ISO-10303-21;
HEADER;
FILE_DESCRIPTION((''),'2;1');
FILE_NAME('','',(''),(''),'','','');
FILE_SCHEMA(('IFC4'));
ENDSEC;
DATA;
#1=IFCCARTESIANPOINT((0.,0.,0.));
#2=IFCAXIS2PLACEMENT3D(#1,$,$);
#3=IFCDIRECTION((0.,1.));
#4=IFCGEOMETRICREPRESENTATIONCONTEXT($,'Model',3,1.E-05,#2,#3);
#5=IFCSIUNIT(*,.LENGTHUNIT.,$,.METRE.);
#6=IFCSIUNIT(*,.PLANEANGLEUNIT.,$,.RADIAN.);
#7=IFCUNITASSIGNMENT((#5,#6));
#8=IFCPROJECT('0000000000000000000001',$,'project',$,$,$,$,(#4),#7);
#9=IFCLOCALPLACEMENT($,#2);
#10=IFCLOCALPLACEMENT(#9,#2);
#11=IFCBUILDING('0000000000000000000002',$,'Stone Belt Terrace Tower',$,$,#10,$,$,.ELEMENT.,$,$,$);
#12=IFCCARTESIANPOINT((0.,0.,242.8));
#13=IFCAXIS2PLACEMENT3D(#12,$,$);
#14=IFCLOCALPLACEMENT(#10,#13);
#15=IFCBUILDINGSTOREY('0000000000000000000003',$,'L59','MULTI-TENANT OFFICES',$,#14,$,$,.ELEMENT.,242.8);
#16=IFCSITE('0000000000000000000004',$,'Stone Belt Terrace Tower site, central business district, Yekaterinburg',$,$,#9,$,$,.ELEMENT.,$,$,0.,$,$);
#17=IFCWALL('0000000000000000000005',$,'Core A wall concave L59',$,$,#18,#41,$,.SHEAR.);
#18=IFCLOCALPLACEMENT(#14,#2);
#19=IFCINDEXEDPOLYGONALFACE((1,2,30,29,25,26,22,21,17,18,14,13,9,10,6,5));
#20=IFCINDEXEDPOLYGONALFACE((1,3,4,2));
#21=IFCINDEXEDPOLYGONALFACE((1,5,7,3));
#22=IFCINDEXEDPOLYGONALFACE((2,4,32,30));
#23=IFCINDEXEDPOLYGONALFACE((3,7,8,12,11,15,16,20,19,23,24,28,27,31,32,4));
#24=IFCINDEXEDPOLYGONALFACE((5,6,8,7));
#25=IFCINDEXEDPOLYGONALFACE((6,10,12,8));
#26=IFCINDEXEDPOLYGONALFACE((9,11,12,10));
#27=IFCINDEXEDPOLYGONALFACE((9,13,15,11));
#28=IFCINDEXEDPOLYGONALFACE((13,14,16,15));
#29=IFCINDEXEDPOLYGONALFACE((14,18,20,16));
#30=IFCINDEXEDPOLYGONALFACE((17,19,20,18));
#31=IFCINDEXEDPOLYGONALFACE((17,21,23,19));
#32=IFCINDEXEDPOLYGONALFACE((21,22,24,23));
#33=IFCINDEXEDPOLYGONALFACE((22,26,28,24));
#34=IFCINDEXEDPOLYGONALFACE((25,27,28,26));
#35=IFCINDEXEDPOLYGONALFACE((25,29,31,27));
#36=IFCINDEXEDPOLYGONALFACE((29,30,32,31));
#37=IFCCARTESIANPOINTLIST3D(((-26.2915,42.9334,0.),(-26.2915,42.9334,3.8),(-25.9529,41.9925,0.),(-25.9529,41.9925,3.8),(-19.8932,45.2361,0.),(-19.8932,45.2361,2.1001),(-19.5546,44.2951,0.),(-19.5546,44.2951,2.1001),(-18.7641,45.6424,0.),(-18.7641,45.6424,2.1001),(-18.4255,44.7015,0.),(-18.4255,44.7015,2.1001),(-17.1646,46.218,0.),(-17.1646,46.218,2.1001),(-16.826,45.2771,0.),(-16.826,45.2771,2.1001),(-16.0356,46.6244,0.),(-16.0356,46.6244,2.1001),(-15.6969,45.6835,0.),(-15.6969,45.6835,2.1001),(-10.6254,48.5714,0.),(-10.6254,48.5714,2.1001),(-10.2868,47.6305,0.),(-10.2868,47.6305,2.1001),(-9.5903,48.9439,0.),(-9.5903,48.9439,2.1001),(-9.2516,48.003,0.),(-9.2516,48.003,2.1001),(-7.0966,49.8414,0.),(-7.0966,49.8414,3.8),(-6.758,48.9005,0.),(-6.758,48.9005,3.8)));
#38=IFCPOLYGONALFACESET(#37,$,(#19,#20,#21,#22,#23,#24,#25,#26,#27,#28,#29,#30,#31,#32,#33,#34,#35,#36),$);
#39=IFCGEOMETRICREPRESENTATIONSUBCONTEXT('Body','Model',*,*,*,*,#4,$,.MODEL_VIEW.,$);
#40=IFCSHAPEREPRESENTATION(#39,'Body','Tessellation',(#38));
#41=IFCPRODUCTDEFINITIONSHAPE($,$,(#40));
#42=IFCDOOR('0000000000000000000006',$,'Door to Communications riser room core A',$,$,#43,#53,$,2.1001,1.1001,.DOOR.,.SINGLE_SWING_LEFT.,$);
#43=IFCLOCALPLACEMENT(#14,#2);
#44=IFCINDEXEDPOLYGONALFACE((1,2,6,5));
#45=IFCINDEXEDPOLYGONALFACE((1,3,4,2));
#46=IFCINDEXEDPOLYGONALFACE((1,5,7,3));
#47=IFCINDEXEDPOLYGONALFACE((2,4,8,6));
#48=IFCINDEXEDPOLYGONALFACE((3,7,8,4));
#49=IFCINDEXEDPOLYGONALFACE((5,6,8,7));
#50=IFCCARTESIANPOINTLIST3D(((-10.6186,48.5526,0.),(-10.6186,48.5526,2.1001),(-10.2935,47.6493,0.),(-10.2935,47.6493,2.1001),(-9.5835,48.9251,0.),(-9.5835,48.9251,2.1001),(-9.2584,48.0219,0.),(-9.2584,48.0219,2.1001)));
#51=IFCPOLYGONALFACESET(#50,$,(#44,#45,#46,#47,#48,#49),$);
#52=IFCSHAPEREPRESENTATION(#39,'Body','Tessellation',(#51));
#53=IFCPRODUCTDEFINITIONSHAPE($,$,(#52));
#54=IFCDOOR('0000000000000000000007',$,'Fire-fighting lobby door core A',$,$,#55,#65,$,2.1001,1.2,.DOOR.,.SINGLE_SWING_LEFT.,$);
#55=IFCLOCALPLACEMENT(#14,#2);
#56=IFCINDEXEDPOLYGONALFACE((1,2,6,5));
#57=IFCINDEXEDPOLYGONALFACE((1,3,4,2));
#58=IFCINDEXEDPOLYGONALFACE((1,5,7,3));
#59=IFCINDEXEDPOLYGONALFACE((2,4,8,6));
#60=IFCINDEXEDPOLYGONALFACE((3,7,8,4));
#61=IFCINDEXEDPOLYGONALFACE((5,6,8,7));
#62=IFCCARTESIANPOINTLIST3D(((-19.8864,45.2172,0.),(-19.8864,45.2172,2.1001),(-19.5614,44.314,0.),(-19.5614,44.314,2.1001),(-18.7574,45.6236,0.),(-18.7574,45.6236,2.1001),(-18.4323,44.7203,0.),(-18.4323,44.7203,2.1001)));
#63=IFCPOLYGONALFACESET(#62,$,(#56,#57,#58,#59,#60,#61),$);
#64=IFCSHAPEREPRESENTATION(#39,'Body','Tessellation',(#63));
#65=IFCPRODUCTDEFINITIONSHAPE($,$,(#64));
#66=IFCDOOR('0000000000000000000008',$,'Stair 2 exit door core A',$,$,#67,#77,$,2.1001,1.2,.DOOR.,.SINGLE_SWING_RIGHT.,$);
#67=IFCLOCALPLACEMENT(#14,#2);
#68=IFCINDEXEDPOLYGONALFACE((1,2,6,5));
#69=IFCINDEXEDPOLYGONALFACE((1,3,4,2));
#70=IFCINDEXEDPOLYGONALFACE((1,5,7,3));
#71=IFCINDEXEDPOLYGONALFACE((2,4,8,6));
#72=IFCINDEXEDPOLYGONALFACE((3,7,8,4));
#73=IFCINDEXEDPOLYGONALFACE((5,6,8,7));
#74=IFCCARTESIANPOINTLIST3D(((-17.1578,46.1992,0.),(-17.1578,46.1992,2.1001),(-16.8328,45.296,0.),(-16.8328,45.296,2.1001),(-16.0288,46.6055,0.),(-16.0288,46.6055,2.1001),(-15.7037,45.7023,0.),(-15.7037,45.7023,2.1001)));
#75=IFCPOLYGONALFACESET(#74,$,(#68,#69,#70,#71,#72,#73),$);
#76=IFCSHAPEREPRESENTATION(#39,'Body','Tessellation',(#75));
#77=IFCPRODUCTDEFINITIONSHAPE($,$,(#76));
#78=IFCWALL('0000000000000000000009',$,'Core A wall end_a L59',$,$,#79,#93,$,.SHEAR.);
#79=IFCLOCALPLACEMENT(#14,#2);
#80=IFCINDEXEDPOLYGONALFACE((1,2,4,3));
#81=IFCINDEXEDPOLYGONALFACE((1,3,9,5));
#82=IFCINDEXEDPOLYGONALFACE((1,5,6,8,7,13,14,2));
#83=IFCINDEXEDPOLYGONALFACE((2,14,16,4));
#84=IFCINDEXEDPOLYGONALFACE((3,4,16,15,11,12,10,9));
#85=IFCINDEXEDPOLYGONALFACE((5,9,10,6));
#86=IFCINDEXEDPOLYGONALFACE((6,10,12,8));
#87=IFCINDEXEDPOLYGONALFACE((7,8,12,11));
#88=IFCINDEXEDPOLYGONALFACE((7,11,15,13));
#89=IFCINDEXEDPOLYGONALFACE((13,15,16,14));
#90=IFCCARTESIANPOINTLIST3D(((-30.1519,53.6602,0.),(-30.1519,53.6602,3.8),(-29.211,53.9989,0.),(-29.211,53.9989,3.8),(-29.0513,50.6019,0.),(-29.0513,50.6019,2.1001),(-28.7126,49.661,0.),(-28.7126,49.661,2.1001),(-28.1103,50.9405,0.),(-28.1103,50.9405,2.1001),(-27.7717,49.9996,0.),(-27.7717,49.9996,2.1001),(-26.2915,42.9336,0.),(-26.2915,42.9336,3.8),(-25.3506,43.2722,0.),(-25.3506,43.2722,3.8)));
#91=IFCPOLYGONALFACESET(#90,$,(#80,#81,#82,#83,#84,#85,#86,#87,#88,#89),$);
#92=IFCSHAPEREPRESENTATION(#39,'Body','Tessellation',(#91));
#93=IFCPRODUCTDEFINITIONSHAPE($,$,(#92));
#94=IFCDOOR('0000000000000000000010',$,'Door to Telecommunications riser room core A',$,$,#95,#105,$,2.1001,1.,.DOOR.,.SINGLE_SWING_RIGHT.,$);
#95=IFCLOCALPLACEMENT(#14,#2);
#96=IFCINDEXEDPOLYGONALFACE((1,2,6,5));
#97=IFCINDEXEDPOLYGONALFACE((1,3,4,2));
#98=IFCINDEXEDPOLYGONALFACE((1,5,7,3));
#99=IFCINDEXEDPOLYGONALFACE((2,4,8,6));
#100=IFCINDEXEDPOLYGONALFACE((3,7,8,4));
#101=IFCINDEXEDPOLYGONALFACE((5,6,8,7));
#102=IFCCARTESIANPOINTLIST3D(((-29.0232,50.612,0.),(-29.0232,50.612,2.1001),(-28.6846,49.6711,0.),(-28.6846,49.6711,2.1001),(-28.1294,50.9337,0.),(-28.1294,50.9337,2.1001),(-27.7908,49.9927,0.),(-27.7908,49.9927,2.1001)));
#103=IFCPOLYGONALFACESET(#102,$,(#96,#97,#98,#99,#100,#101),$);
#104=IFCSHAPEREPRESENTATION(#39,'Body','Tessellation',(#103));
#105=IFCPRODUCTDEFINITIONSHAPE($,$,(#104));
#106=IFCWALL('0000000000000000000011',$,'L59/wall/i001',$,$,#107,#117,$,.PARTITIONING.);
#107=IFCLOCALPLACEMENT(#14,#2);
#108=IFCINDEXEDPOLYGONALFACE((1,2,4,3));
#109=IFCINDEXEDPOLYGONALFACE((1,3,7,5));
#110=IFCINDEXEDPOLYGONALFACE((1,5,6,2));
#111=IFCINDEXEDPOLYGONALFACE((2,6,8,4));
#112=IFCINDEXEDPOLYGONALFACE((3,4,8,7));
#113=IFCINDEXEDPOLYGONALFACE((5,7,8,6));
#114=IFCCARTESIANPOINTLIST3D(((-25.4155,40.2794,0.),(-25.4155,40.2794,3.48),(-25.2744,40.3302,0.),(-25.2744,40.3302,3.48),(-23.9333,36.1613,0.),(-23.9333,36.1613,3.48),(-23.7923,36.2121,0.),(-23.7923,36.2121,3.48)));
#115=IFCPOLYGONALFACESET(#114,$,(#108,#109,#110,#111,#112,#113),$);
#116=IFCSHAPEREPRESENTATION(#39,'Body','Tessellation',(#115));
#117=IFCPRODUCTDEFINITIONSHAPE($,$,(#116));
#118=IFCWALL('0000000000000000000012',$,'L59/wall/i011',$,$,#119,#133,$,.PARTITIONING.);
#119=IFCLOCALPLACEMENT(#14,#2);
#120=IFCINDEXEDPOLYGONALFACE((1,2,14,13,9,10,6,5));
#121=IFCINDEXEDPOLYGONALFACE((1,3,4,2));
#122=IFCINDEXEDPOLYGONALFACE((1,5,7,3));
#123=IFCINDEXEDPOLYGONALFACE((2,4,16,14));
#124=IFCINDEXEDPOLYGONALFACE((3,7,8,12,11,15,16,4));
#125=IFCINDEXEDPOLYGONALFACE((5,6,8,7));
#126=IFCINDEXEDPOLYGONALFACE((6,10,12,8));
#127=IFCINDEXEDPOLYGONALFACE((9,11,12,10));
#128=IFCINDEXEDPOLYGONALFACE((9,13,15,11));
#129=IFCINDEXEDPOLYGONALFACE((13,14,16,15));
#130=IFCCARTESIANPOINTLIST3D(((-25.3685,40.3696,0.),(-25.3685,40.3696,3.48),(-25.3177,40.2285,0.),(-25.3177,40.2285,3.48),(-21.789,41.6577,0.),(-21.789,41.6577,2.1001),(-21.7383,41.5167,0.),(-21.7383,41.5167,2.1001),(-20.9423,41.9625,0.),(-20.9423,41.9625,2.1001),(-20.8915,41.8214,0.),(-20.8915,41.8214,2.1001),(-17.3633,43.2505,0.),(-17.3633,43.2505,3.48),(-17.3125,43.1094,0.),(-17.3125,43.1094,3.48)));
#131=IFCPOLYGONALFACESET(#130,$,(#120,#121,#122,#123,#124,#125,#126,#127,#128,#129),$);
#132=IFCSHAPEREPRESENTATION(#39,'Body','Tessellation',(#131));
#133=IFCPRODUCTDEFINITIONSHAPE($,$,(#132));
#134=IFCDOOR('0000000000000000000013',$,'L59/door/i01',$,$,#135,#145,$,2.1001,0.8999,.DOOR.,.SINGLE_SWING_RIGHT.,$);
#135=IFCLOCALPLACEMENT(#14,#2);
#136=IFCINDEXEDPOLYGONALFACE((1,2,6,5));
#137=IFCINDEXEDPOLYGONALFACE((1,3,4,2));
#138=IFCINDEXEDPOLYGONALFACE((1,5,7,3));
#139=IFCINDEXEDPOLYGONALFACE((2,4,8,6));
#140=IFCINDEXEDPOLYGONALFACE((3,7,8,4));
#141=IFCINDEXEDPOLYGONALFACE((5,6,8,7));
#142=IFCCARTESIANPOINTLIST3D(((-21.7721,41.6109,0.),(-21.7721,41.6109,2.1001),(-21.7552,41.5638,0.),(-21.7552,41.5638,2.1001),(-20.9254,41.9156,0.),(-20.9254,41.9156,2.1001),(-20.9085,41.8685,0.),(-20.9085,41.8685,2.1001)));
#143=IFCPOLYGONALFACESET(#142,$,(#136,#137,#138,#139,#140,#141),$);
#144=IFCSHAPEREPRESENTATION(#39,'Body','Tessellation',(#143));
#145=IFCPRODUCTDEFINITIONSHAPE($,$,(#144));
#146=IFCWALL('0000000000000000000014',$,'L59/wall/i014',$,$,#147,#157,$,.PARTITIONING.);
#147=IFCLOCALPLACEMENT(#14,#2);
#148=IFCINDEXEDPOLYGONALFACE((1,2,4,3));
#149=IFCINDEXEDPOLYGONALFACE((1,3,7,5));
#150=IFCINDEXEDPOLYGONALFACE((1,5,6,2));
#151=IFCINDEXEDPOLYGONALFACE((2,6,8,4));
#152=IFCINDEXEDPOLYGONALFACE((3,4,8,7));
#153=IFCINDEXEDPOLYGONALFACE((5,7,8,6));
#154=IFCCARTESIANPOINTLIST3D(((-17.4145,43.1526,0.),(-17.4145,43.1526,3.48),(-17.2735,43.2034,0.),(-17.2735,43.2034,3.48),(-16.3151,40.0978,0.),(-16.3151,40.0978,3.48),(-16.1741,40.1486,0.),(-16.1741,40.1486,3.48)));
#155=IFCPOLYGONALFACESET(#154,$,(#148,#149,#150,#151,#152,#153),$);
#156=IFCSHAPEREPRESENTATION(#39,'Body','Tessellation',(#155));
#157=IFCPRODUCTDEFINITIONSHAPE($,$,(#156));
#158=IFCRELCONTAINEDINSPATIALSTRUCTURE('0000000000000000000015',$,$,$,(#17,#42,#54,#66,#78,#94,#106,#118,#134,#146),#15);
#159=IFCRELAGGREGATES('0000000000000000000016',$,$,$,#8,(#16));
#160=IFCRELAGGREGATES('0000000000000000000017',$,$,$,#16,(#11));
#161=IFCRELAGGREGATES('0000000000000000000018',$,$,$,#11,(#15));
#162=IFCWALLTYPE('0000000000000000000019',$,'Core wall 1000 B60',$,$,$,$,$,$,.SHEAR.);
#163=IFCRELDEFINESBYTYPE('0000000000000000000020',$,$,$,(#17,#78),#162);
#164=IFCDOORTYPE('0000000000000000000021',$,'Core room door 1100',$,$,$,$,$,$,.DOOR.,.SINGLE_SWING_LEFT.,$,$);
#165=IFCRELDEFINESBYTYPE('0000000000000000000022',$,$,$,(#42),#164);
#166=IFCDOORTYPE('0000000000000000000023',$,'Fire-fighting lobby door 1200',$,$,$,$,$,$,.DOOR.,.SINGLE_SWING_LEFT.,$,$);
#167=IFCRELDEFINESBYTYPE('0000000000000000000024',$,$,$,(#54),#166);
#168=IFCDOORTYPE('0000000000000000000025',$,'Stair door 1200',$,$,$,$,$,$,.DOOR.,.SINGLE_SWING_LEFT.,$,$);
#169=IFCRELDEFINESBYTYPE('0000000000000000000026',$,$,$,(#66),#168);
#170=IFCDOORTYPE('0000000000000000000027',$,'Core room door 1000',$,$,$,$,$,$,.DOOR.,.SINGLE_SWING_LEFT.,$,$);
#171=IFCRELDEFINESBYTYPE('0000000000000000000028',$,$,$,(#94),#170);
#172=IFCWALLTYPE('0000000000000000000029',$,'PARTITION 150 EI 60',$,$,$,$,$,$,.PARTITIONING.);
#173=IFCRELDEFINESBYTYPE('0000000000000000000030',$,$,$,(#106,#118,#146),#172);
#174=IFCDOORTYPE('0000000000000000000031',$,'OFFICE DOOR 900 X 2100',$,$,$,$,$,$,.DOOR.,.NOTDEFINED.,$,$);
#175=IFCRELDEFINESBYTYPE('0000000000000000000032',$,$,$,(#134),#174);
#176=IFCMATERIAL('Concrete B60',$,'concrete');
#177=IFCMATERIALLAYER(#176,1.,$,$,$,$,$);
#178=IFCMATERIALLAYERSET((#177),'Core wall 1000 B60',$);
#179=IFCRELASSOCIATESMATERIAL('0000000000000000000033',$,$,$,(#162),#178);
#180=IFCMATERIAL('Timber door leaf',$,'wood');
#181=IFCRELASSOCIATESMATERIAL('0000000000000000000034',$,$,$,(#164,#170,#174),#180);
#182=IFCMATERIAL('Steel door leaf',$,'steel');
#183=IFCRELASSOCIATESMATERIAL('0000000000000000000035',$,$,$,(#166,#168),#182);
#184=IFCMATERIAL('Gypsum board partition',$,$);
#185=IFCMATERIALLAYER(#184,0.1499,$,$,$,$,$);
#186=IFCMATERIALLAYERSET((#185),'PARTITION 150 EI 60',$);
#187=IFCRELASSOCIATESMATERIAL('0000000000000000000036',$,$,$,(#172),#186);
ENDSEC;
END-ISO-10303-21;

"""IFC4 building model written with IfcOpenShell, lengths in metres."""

from ifc_helpers import new_model, si_unit, direction, frame, frame_2d, origin, place, context, subcontext, project, spatial, rectangle, extrude, material, layer, layer_set, type_object, element, fill, save


model = new_model("IFC4")

# Units and contexts
model_context = context("Model", 3, precision=1e-05, world=origin(), true_north=direction((0.0, 1.0)))
body_context = subcontext(model_context, "Body", "Model", "MODEL_VIEW")
ifc_project = project(units=[si_unit("LENGTHUNIT", "METRE"), si_unit("PLANEANGLEUNIT", "RADIAN")], contexts=[model_context])

# Site, building, storey
site_placement = place(None, origin())
site = spatial("IfcSite", under=ifc_project, at=site_placement, Name="Stone Belt Terrace Tower site, central business district, Yekaterinburg", CompositionType="ELEMENT", RefElevation=0.0)
building_placement = place(site_placement, origin())
building = spatial("IfcBuilding", under=site, at=building_placement, Name="Stone Belt Terrace Tower", CompositionType="ELEMENT")
storey_placement = place(building_placement, frame((0.0, 0.0, 242.8)))
storey = spatial("IfcBuildingStorey", under=building, at=storey_placement, Name="L59", Description="MULTI-TENANT OFFICES", CompositionType="ELEMENT", Elevation=242.8)

# Shared definitions
ifc_material_1 = material(Name="Concrete B60", Category="concrete")

# Wall, openings, doors
ifc_layer_1 = layer(ifc_material_1, 1.0)
ifc_layer_set_1 = layer_set([ifc_layer_1], Name="Core wall 1000 B60")
wall_type_1 = type_object("IfcWallType", Name="Core wall 1000 B60", PredefinedType="SHEAR", material=ifc_layer_set_1)
wall_1_placement = place(storey_placement, frame((-26.1223, 42.4629, 0.0), z_axis=(0.0, 0.0, 1.0), x_axis=(0.940921, 0.338625, 0.0)))
wall_1 = element("IfcWall", 1, at=wall_1_placement, inside=storey, type_object=wall_type_1, Name="Core A wall concave L59", PredefinedType="SHEAR", context=body_context, shape_type="SweptSolid", body=[
    extrude(rectangle(XDim=20.4001, YDim=1.0, at=frame_2d((10.2002, 0.0))), origin(), (0.0, 0.0, 1.0), 3.8),
])
opening_1_placement = place(wall_1_placement, frame((6.8, 0.0, 0.0)))
opening_1 = element("IfcOpeningElement", 2, at=opening_1_placement, cuts=wall_1, PredefinedType="OPENING", context=body_context, shape_type="SweptSolid", body=[
    extrude(rectangle(XDim=1.2, YDim=2.1001, at=frame_2d((0.6001, 1.05))), frame((0.0, 0.51, 0.0), z_axis=(0.0, -1.0, 0.0), x_axis=(1.0, 0.0, 0.0)), (0.0, 0.0, 1.0), 1.02),
])
opening_2_placement = place(wall_1_placement, frame((9.7, 0.0, 0.0)))
opening_2 = element("IfcOpeningElement", 3, at=opening_2_placement, cuts=wall_1, PredefinedType="OPENING", context=body_context, shape_type="SweptSolid", body=[
    extrude(rectangle(XDim=1.2, YDim=2.1001, at=frame_2d((0.6001, 1.05))), frame((0.0, 0.51, 0.0), z_axis=(0.0, -1.0, 0.0), x_axis=(1.0, 0.0, 0.0)), (0.0, 0.0, 1.0), 1.02),
])
opening_3_placement = place(wall_1_placement, frame((16.6499, 0.0, 0.0)))
opening_3 = element("IfcOpeningElement", 4, at=opening_3_placement, cuts=wall_1, PredefinedType="OPENING", context=body_context, shape_type="SweptSolid", body=[
    extrude(rectangle(XDim=1.1001, YDim=2.1001, at=frame_2d((0.55, 1.05))), frame((0.0, 0.51, 0.0), z_axis=(0.0, -1.0, 0.0), x_axis=(1.0, 0.0, 0.0)), (0.0, 0.0, 1.0), 1.02),
])
ifc_material_2 = material(Name="Timber door leaf", Category="wood")
door_type_1 = type_object("IfcDoorType", Name="Core room door 1100", OperationType="SINGLE_SWING_LEFT", PredefinedType="DOOR", material=ifc_material_2)
door_1_placement = place(opening_3_placement, origin())
door_1 = element("IfcDoor", 5, at=door_1_placement, inside=storey, type_object=door_type_1, Name="Door to Communications riser room core A", OperationType="SINGLE_SWING_LEFT", OverallHeight=2.1001, OverallWidth=1.1001, PredefinedType="DOOR", context=body_context, shape_type="SweptSolid", body=[
    extrude(rectangle(XDim=1.1001, YDim=2.1001, at=frame_2d((0.55, 1.05))), frame((0.0, 0.48, 0.0), z_axis=(0.0, -1.0, 0.0), x_axis=(1.0, 0.0, 0.0)), (0.0, 0.0, 1.0), 0.96),
])
fill(opening_3, door_1)
ifc_material_3 = material(Name="Steel door leaf", Category="steel")
door_type_2 = type_object("IfcDoorType", Name="Fire-fighting lobby door 1200", OperationType="SINGLE_SWING_LEFT", PredefinedType="DOOR", material=ifc_material_3)
door_2_placement = place(opening_1_placement, origin())
door_2 = element("IfcDoor", 6, at=door_2_placement, inside=storey, type_object=door_type_2, Name="Fire-fighting lobby door core A", OperationType="SINGLE_SWING_LEFT", OverallHeight=2.1001, OverallWidth=1.2, PredefinedType="DOOR", context=body_context, shape_type="SweptSolid", body=[
    extrude(rectangle(XDim=1.2, YDim=2.1001, at=frame_2d((0.6001, 1.05))), frame((0.0, 0.48, 0.0), z_axis=(0.0, -1.0, 0.0), x_axis=(1.0, 0.0, 0.0)), (0.0, 0.0, 1.0), 0.96),
])
fill(opening_1, door_2)
door_type_3 = type_object("IfcDoorType", Name="Stair door 1200", OperationType="SINGLE_SWING_LEFT", PredefinedType="DOOR", material=ifc_material_3)
door_3_placement = place(opening_2_placement, origin())
door_3 = element("IfcDoor", 7, at=door_3_placement, inside=storey, type_object=door_type_3, Name="Stair 2 exit door core A", OperationType="SINGLE_SWING_RIGHT", OverallHeight=2.1001, OverallWidth=1.2, PredefinedType="DOOR", context=body_context, shape_type="SweptSolid", body=[
    extrude(rectangle(XDim=1.2, YDim=2.1001, at=frame_2d((0.6001, 1.05))), frame((0.0, 0.48, 0.0), z_axis=(0.0, -1.0, 0.0), x_axis=(1.0, 0.0, 0.0)), (0.0, 0.0, 1.0), 0.96),
])
fill(opening_2, door_3)

# Wall, opening, door
wall_2_placement = place(storey_placement, frame((-25.821, 43.1028, 0.0), z_axis=(0.0, 0.0, 1.0), x_axis=(-0.338625, 0.940921, 0.0)))
wall_2 = element("IfcWall", 8, at=wall_2_placement, inside=storey, type_object=wall_type_1, Name="Core A wall end_a L59", PredefinedType="SHEAR", context=body_context, shape_type="SweptSolid", body=[
    extrude(rectangle(XDim=11.4001, YDim=1.0, at=frame_2d((5.7002, 0.0))), origin(), (0.0, 0.0, 1.0), 3.8),
])
opening_4_placement = place(wall_2_placement, frame((7.1499, 0.0, 0.0)))
opening_4 = element("IfcOpeningElement", 9, at=opening_4_placement, cuts=wall_2, PredefinedType="OPENING", context=body_context, shape_type="SweptSolid", body=[
    extrude(rectangle(XDim=1.0, YDim=2.1001, at=frame_2d((0.5, 1.05))), frame((0.0, 0.51, 0.0), z_axis=(0.0, -1.0, 0.0), x_axis=(1.0, 0.0, 0.0)), (0.0, 0.0, 1.0), 1.02),
])
door_type_4 = type_object("IfcDoorType", Name="Core room door 1000", OperationType="SINGLE_SWING_LEFT", PredefinedType="DOOR", material=ifc_material_2)
door_4_placement = place(opening_4_placement, origin())
door_4 = element("IfcDoor", 10, at=door_4_placement, inside=storey, type_object=door_type_4, Name="Door to Telecommunications riser room core A", OperationType="SINGLE_SWING_RIGHT", OverallHeight=2.1001, OverallWidth=1.0, PredefinedType="DOOR", context=body_context, shape_type="SweptSolid", body=[
    extrude(rectangle(XDim=1.0, YDim=2.1001, at=frame_2d((0.5, 1.05))), frame((0.0, 0.4702, 0.0), z_axis=(0.0, -1.0, 0.0), x_axis=(1.0, 0.0, 0.0)), (0.0, 0.0, 1.0), 0.95),
])
fill(opening_4, door_4)

# Wall
ifc_material_4 = material(Name="Gypsum board partition")
ifc_layer_2 = layer(ifc_material_4, 0.1499)
ifc_layer_set_2 = layer_set([ifc_layer_2], Name="PARTITION 150 EI 60")
wall_type_2 = type_object("IfcWallType", Name="PARTITION 150 EI 60", PredefinedType="PARTITIONING", material=ifc_layer_set_2)
wall_3_placement = place(storey_placement, frame((-25.345, 40.3049, 0.0), z_axis=(0.0, 0.0, 1.0), x_axis=(0.338646, -0.940914, 0.0)))
element("IfcWall", 11, at=wall_3_placement, inside=storey, type_object=wall_type_2, Name="L59/wall/i001", PredefinedType="PARTITIONING", context=body_context, shape_type="SweptSolid", body=[
    extrude(rectangle(XDim=4.3767, YDim=0.1499, at=frame_2d((2.1885, 0.0))), origin(), (0.0, 0.0, 1.0), 3.48),
])

# Wall, opening, door
wall_4_placement = place(storey_placement, frame((-17.3379, 43.1799, 0.0), z_axis=(0.0, 0.0, 1.0), x_axis=(-0.940924, -0.338617, 0.0)))
wall_4 = element("IfcWall", 12, at=wall_4_placement, inside=storey, type_object=wall_type_2, Name="L59/wall/i011", PredefinedType="PARTITIONING", context=body_context, shape_type="SweptSolid", body=[
    extrude(rectangle(XDim=8.5078, YDim=0.1499, at=frame_2d((4.2539, 0.0))), origin(), (0.0, 0.0, 1.0), 3.48),
])
opening_5_placement = place(wall_4_placement, frame((3.8037, 0.0, 0.0)))
opening_5 = element("IfcOpeningElement", 13, at=opening_5_placement, cuts=wall_4, PredefinedType="OPENING", context=body_context, shape_type="SweptSolid", body=[
    extrude(rectangle(XDim=0.8999, YDim=2.1001, at=frame_2d((0.45, 1.05))), frame((0.0, 0.085, 0.0), z_axis=(0.0, -1.0, 0.0), x_axis=(1.0, 0.0, 0.0)), (0.0, 0.0, 1.0), 0.1699),
])
door_type_5 = type_object("IfcDoorType", Name="OFFICE DOOR 900 X 2100", OperationType="NOTDEFINED", PredefinedType="DOOR", material=ifc_material_2)
door_5_placement = place(opening_5_placement, origin())
door_5 = element("IfcDoor", 14, at=door_5_placement, inside=storey, type_object=door_type_5, Name="L59/door/i01", OperationType="SINGLE_SWING_RIGHT", OverallHeight=2.1001, OverallWidth=0.8999, PredefinedType="DOOR", context=body_context, shape_type="SweptSolid", body=[
    extrude(rectangle(XDim=0.8999, YDim=2.1001, at=frame_2d((0.45, 1.05))), frame((0.0, 0.0249, 0.0), z_axis=(0.0, -1.0, 0.0), x_axis=(1.0, 0.0, 0.0)), (0.0, 0.0, 1.0), 0.05),
])
fill(opening_5, door_5)

# Wall
wall_5_placement = place(storey_placement, frame((-17.344, 43.178, 0.0), z_axis=(0.0, 0.0, 1.0), x_axis=(0.338632, -0.940919, 0.0)))
element("IfcWall", 15, at=wall_5_placement, inside=storey, type_object=wall_type_2, Name="L59/wall/i014", PredefinedType="PARTITIONING", context=body_context, shape_type="SweptSolid", body=[
    extrude(rectangle(XDim=3.2466, YDim=0.1499, at=frame_2d((1.6233, 0.0))), origin(), (0.0, 0.0, 1.0), 3.48),
])

save(model, "model.ifc")
